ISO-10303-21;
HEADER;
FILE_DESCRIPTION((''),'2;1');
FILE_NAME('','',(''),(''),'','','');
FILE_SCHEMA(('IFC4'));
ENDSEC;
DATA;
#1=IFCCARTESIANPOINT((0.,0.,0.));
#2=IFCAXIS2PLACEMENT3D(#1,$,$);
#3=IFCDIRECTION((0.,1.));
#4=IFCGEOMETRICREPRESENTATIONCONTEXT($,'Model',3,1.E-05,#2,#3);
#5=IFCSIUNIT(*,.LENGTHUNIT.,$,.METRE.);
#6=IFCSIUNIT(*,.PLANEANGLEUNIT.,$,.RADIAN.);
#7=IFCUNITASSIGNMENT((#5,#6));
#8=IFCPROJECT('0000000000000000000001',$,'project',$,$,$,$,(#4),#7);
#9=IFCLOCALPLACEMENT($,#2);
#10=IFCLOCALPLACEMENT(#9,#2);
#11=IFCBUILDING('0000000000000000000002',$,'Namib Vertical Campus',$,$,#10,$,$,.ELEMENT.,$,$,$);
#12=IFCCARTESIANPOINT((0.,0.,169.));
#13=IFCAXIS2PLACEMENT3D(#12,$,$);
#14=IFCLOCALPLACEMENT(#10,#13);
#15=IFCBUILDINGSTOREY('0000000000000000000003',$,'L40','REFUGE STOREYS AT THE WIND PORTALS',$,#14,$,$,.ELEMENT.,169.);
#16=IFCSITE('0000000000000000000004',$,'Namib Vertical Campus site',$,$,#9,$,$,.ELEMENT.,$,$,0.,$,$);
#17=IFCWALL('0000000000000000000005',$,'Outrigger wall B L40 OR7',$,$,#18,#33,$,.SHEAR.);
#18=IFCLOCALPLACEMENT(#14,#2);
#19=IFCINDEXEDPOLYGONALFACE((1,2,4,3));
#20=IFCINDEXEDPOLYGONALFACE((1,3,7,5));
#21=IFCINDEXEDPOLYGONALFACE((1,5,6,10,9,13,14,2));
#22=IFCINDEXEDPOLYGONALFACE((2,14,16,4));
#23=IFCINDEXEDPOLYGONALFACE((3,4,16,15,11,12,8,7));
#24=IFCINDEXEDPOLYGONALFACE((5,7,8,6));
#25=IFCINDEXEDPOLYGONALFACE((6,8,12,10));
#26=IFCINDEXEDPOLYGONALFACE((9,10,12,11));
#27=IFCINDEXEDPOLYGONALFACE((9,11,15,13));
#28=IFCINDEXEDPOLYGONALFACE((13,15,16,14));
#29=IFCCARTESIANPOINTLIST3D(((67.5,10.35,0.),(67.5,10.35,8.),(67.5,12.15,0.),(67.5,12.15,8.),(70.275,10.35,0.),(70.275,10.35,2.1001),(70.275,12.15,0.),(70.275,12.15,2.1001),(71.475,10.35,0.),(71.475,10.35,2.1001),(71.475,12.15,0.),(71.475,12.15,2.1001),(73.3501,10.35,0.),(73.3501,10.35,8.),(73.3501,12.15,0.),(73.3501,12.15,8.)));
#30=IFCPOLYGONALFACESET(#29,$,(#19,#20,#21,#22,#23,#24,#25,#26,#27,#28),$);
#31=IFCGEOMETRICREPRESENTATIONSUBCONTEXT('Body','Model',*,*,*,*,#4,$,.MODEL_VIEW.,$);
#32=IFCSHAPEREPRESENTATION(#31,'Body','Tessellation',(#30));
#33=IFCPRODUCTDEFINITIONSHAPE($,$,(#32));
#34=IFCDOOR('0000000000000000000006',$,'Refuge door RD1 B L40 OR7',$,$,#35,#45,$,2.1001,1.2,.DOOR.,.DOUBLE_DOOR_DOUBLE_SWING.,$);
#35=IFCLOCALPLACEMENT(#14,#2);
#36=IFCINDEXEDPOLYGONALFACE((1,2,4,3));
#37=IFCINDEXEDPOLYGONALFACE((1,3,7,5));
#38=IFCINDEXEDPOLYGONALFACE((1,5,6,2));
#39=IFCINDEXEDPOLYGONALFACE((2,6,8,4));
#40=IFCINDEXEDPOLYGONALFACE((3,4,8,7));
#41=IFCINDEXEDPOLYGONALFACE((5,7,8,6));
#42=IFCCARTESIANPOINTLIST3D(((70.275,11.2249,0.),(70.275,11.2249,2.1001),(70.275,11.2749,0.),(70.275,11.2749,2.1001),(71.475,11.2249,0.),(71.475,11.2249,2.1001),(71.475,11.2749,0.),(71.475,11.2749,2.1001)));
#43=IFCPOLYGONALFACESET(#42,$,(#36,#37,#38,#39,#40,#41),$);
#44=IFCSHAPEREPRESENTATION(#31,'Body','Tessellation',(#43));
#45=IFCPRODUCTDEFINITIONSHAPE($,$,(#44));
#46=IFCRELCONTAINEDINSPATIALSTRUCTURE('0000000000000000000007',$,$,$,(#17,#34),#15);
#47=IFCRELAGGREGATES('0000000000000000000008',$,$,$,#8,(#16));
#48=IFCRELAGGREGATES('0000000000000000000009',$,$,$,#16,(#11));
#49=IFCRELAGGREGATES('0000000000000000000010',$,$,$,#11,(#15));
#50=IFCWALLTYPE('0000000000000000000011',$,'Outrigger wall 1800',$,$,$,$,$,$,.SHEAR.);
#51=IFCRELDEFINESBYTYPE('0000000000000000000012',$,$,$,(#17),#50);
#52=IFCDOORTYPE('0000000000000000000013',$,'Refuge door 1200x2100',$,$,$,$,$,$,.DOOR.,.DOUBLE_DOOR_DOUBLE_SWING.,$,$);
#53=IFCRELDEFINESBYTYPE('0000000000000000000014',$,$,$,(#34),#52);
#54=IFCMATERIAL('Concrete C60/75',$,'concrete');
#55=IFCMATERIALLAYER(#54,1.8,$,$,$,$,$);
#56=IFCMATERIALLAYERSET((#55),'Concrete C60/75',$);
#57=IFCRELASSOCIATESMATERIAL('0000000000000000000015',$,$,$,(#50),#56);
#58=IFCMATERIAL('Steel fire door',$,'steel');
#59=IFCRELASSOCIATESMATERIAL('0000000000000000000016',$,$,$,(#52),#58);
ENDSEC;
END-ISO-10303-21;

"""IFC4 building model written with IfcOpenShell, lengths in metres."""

from ifc_helpers import new_model, si_unit, direction, frame, frame_2d, origin, place, context, subcontext, project, spatial, rectangle, extrude, material, layer, layer_set, type_object, element, fill, save


model = new_model("IFC4")

# Units and contexts
model_context = context("Model", 3, precision=1e-05, world=origin(), true_north=direction((0.0, 1.0)))
body_context = subcontext(model_context, "Body", "Model", "MODEL_VIEW")
ifc_project = project(units=[si_unit("LENGTHUNIT", "METRE"), si_unit("PLANEANGLEUNIT", "RADIAN")], contexts=[model_context])

# Site, building, storey
site_placement = place(None, origin())
site = spatial("IfcSite", under=ifc_project, at=site_placement, Name="Namib Vertical Campus site", CompositionType="ELEMENT", RefElevation=0.0)
building_placement = place(site_placement, origin())
building = spatial("IfcBuilding", under=site, at=building_placement, Name="Namib Vertical Campus", CompositionType="ELEMENT")
storey_placement = place(building_placement, frame((0.0, 0.0, 169.0)))
storey = spatial("IfcBuildingStorey", under=building, at=storey_placement, Name="L40", Description="REFUGE STOREYS AT THE WIND PORTALS", CompositionType="ELEMENT", Elevation=169.0)

# Wall, opening, door
ifc_material_1 = material(Name="Concrete C60/75", Category="concrete")
ifc_layer_1 = layer(ifc_material_1, 1.8)
ifc_layer_set_1 = layer_set([ifc_layer_1], Name="Concrete C60/75")
wall_type_1 = type_object("IfcWallType", Name="Outrigger wall 1800", PredefinedType="SHEAR", material=ifc_layer_set_1)
ifc_material_2 = material(Name="Steel fire door", Category="steel")
door_type_1 = type_object("IfcDoorType", Name="Refuge door 1200x2100", OperationType="DOUBLE_DOOR_DOUBLE_SWING", PredefinedType="DOOR", material=ifc_material_2)
wall_1_placement = place(storey_placement, frame((67.5, 11.25, 0.0), z_axis=(0.0, 0.0, 1.0), x_axis=(1.0, 0.0, 0.0)))
wall_1 = element("IfcWall", 1, at=wall_1_placement, inside=storey, type_object=wall_type_1, Name="Outrigger wall B L40 OR7", PredefinedType="SHEAR", context=body_context, shape_type="SweptSolid", body=[
    extrude(rectangle(XDim=5.8501, YDim=1.8, at=frame_2d((2.925, 0.0))), origin(), (0.0, 0.0, 1.0), 8.0),
])
opening_1_placement = place(wall_1_placement, frame((2.7749, 0.0, 0.0)))
opening_1 = element("IfcOpeningElement", 2, at=opening_1_placement, cuts=wall_1, PredefinedType="OPENING", context=body_context, shape_type="SweptSolid", body=[
    extrude(rectangle(XDim=1.2, YDim=2.1001, at=frame_2d((0.6001, 1.05))), frame((0.0, 0.9099, 0.0), z_axis=(0.0, -1.0, 0.0), x_axis=(1.0, 0.0, 0.0)), (0.0, 0.0, 1.0), 1.8201),
])
door_1_placement = place(opening_1_placement, origin())
door_1 = element("IfcDoor", 3, at=door_1_placement, inside=storey, type_object=door_type_1, Name="Refuge door RD1 B L40 OR7", OperationType="DOUBLE_DOOR_DOUBLE_SWING", OverallHeight=2.1001, OverallWidth=1.2, PredefinedType="DOOR", context=body_context, shape_type="SweptSolid", body=[
    extrude(rectangle(XDim=1.2, YDim=2.1001, at=frame_2d((0.6001, 1.05))), frame((0.0, 0.0249, 0.0), z_axis=(0.0, -1.0, 0.0), x_axis=(1.0, 0.0, 0.0)), (0.0, 0.0, 1.0), 0.05),
])
fill(opening_1, door_1)

save(model, "model.ifc")
